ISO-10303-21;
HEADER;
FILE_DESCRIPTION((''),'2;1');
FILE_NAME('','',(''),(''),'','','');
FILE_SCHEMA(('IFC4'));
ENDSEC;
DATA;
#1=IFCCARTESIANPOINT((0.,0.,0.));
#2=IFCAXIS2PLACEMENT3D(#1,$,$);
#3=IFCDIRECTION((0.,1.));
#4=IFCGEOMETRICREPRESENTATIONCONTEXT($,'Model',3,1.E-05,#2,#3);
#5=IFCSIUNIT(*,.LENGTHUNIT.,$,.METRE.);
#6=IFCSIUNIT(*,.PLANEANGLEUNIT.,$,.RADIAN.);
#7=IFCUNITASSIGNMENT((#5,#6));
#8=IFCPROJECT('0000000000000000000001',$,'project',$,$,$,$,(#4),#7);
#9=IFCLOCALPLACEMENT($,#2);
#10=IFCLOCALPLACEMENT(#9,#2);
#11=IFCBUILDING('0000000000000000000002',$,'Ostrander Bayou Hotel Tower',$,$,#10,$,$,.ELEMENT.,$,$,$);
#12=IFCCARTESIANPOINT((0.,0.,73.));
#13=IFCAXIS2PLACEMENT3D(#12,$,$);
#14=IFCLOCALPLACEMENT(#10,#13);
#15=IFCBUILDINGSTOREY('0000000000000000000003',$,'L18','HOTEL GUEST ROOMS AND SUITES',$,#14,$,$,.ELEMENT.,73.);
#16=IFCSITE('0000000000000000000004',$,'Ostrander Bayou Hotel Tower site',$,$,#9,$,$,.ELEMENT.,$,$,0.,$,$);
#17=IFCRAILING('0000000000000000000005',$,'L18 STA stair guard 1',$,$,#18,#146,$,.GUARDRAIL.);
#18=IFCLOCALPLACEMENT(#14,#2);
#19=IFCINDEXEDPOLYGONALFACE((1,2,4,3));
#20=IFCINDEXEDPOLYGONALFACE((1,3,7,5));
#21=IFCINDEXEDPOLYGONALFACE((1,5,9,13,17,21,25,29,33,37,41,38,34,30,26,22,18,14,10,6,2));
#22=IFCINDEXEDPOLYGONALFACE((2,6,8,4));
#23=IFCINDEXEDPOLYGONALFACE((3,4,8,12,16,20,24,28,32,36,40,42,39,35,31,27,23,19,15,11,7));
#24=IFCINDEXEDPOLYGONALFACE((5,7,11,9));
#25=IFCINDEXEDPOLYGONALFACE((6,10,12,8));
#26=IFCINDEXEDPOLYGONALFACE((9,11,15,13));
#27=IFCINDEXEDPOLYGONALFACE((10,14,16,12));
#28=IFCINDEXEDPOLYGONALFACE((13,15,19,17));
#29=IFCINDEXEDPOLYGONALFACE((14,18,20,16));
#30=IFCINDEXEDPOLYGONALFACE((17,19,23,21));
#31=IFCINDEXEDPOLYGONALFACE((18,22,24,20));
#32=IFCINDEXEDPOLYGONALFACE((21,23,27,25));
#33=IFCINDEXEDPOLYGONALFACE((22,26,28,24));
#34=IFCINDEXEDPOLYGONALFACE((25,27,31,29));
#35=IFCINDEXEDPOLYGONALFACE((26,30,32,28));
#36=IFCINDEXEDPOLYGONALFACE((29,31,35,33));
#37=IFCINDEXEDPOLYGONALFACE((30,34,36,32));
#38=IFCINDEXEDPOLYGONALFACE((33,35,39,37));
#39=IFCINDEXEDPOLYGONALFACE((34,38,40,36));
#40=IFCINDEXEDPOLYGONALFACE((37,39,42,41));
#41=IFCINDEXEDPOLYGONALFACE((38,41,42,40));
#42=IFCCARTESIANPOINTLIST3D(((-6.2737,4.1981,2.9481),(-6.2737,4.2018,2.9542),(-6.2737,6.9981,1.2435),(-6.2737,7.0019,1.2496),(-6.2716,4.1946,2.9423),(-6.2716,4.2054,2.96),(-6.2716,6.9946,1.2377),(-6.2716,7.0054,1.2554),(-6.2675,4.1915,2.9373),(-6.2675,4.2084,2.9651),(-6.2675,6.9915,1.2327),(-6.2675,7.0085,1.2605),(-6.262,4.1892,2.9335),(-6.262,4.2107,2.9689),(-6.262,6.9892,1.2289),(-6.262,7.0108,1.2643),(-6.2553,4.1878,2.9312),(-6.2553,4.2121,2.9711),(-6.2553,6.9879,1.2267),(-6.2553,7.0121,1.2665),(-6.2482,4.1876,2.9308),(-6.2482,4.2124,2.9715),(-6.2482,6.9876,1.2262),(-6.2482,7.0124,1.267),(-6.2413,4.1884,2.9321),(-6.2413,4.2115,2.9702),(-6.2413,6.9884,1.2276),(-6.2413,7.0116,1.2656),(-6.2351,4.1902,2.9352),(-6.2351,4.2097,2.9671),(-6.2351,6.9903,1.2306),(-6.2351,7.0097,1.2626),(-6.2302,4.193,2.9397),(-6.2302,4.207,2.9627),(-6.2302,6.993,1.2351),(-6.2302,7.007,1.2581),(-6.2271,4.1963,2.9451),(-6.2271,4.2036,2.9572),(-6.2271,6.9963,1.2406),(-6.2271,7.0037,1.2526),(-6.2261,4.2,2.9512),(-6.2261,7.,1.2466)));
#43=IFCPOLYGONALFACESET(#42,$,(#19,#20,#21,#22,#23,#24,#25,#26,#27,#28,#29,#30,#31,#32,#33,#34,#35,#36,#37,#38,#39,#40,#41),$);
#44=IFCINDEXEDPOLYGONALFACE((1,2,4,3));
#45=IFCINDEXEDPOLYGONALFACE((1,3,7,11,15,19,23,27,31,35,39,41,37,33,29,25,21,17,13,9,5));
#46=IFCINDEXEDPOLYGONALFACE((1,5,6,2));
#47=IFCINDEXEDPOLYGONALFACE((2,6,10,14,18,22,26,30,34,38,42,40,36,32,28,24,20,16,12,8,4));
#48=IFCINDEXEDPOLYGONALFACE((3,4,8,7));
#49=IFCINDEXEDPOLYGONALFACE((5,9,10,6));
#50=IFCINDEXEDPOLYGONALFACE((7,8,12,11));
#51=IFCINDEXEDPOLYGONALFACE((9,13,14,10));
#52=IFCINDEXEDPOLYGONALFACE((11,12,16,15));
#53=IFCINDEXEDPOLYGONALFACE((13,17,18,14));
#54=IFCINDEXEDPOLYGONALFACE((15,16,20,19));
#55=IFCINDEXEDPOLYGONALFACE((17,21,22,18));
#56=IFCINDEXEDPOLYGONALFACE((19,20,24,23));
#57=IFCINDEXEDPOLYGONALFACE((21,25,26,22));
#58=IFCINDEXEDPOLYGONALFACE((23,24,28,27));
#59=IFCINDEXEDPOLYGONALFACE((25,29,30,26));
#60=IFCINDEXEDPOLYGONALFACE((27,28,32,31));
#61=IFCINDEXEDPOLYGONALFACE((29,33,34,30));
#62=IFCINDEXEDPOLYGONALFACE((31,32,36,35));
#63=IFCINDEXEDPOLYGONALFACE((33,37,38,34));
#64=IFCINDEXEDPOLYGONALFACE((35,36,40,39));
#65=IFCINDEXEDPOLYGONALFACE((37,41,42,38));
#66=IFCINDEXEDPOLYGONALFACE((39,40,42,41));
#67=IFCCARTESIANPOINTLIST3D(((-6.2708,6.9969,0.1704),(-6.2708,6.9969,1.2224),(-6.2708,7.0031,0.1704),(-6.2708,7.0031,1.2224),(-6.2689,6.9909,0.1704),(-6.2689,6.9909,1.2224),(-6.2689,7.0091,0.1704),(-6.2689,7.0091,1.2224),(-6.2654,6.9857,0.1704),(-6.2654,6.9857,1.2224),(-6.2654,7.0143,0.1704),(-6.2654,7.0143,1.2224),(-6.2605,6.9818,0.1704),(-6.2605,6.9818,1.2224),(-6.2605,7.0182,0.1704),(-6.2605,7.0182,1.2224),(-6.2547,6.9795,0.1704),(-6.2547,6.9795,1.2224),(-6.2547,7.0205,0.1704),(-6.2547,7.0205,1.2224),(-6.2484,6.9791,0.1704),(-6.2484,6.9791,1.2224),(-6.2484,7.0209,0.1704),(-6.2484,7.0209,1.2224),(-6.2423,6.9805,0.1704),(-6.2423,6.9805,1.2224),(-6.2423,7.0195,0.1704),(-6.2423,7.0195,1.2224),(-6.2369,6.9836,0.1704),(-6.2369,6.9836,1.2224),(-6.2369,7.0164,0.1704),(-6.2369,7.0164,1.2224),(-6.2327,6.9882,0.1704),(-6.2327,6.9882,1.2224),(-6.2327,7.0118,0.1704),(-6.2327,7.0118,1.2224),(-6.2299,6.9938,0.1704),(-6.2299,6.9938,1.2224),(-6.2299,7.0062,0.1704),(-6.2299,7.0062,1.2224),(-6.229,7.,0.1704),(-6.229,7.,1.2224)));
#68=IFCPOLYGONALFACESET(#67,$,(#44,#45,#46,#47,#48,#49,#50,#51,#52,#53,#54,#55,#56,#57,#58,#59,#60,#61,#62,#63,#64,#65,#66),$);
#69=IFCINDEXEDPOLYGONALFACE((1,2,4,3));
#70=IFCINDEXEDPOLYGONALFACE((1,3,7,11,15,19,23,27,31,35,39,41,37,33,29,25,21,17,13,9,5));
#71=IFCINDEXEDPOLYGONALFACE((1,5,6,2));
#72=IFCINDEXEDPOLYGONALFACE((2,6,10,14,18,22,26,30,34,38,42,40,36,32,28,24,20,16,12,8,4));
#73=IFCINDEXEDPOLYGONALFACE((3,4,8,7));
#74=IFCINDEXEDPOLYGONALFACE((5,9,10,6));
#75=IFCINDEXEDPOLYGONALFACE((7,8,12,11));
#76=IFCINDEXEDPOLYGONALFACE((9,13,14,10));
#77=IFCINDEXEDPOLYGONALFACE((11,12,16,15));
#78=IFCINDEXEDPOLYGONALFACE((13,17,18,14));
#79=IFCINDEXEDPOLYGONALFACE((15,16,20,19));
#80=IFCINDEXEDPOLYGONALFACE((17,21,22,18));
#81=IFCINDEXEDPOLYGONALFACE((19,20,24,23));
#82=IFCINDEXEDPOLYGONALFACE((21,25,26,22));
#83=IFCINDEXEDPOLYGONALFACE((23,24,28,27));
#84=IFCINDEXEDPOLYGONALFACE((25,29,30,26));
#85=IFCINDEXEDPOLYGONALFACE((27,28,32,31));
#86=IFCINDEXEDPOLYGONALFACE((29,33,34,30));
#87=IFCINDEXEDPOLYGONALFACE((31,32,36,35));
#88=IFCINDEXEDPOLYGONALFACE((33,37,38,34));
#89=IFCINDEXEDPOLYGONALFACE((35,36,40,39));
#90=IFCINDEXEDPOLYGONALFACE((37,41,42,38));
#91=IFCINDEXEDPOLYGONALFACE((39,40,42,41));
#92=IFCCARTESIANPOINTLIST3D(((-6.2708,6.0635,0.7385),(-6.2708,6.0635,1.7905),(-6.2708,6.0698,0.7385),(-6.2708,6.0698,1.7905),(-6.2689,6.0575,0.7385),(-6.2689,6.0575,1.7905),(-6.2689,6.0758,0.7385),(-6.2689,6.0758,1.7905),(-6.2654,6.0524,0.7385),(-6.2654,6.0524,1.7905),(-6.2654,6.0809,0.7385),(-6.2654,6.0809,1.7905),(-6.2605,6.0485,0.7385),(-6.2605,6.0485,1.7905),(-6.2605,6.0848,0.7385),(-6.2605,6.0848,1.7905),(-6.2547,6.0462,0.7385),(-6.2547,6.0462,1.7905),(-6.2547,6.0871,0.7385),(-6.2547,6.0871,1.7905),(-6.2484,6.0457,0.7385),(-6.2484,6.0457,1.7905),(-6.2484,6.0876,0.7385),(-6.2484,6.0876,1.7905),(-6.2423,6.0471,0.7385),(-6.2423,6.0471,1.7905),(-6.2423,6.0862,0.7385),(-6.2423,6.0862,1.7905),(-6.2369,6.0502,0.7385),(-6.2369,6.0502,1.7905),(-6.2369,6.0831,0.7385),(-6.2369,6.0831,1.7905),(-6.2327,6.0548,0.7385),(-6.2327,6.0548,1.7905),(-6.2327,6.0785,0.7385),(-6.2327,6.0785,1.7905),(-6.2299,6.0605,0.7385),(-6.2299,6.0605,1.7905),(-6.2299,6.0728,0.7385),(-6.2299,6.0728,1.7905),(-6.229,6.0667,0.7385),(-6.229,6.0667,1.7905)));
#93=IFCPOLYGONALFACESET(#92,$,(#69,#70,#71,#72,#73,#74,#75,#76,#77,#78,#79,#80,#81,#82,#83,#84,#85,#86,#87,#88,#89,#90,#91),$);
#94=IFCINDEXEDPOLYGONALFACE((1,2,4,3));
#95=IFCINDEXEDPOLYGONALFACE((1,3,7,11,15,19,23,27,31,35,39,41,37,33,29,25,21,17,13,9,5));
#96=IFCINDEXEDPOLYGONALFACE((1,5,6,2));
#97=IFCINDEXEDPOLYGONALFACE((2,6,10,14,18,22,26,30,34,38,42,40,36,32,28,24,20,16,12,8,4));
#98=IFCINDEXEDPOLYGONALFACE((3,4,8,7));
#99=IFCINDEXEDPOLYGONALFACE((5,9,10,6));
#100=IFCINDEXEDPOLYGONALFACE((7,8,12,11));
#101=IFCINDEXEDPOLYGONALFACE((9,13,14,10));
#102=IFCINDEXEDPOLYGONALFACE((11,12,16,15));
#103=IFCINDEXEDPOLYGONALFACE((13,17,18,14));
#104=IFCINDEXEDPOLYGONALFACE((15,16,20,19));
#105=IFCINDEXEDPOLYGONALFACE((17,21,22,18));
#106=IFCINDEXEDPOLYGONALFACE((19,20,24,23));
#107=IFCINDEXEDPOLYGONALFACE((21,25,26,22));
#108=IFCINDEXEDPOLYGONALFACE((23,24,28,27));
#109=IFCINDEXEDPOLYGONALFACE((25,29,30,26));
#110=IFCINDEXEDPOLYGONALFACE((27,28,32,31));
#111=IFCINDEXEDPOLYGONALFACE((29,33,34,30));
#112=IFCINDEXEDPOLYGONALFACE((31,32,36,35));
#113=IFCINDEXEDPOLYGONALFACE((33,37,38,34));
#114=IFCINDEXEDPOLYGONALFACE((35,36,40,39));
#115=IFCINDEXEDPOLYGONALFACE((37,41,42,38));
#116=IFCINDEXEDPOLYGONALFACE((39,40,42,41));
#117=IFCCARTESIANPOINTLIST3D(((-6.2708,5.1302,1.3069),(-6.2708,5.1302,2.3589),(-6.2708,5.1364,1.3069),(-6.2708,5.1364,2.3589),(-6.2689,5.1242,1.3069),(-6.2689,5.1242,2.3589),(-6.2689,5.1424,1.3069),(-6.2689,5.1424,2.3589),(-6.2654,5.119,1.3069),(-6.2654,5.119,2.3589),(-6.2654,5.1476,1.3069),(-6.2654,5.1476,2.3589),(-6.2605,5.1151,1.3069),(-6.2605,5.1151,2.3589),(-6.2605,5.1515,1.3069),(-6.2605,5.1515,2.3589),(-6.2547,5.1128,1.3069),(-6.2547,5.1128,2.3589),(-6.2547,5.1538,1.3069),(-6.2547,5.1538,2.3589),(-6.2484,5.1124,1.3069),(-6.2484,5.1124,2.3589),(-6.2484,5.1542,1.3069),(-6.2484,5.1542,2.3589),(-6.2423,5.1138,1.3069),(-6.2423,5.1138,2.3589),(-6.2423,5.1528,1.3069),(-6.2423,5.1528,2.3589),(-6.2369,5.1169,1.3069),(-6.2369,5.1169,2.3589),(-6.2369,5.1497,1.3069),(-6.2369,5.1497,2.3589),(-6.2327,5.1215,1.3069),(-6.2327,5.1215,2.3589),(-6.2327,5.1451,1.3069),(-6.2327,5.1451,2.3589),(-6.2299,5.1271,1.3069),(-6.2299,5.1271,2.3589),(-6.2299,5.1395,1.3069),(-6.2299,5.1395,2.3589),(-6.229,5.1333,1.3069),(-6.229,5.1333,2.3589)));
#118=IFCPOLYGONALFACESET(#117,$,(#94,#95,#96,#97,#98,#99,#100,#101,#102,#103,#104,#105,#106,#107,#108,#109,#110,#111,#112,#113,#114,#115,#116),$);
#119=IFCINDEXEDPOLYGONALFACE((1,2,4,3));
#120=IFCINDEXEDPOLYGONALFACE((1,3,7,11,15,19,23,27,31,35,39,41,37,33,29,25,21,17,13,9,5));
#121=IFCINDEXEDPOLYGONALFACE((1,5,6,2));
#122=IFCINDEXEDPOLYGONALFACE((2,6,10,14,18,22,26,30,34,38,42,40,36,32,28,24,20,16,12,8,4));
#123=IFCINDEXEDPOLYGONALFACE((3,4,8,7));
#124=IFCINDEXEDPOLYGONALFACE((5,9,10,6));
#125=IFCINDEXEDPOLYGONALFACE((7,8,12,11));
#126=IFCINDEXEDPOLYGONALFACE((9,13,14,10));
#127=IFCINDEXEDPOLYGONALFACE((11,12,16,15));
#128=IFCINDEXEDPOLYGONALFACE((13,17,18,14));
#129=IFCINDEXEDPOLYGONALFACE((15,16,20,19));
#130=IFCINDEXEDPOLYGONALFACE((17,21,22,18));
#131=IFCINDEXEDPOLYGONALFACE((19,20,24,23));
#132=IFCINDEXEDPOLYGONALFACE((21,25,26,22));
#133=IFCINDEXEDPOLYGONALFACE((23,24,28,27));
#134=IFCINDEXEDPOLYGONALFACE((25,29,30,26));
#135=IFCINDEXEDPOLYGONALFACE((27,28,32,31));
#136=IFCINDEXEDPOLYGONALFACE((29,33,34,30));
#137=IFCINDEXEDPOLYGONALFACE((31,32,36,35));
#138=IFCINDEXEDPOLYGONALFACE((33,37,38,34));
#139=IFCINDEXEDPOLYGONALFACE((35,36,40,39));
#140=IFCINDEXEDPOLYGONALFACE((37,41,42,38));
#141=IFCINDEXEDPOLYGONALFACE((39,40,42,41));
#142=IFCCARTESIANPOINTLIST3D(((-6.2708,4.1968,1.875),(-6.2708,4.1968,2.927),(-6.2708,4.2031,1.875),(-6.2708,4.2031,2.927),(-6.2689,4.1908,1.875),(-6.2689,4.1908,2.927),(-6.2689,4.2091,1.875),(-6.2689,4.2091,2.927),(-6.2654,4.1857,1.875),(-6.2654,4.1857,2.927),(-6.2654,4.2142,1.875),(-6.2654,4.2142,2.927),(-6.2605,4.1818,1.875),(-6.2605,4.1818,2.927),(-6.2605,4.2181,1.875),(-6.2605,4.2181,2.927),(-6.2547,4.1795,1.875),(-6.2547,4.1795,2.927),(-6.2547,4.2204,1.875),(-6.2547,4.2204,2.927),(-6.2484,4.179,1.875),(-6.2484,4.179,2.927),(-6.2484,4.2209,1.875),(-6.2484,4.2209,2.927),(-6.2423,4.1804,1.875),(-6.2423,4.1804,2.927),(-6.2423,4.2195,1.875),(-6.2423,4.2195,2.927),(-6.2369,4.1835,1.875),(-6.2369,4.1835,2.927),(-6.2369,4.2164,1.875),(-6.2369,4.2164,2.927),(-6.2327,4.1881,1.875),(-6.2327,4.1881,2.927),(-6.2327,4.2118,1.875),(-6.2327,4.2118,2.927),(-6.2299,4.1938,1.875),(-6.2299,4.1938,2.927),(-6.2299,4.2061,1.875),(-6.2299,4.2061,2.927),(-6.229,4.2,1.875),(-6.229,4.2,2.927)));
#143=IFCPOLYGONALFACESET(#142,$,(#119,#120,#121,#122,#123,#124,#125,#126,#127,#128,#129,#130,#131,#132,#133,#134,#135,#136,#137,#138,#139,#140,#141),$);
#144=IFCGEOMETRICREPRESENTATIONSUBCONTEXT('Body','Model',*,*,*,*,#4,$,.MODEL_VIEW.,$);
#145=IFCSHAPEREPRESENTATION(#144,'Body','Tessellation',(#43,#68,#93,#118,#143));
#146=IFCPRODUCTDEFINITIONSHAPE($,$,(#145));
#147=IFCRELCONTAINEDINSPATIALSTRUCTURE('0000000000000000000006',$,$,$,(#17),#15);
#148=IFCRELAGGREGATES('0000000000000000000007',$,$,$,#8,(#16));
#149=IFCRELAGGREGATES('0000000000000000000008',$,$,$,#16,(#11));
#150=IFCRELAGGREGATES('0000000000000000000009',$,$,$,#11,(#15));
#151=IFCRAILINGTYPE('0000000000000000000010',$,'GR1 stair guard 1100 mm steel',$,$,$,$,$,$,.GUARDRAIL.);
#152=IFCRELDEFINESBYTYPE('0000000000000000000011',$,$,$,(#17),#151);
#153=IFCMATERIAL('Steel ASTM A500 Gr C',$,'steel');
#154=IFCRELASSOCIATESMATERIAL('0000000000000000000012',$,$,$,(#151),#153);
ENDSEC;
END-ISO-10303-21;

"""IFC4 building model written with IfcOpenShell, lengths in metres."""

from ifc_helpers import new_model, si_unit, direction, frame, origin, origin_2d, place, context, subcontext, project, spatial, circle, extrude, material, type_object, element, save


model = new_model("IFC4")

# Units and contexts
model_context = context("Model", 3, precision=1e-05, world=origin(), true_north=direction((0.0, 1.0)))
body_context = subcontext(model_context, "Body", "Model", "MODEL_VIEW")
ifc_project = project(units=[si_unit("LENGTHUNIT", "METRE"), si_unit("PLANEANGLEUNIT", "RADIAN")], contexts=[model_context])

# Site, building, storey
site_placement = place(None, origin())
site = spatial("IfcSite", under=ifc_project, at=site_placement, Name="Ostrander Bayou Hotel Tower site", CompositionType="ELEMENT", RefElevation=0.0)
building_placement = place(site_placement, origin())
building = spatial("IfcBuilding", under=site, at=building_placement, Name="Ostrander Bayou Hotel Tower", CompositionType="ELEMENT")
storey_placement = place(building_placement, frame((0.0, 0.0, 73.0)))
storey = spatial("IfcBuildingStorey", under=building, at=storey_placement, Name="L18", Description="HOTEL GUEST ROOMS AND SUITES", CompositionType="ELEMENT", Elevation=73.0)

# Railing
ifc_material_1 = material(Name="Steel ASTM A500 Gr C", Category="steel")
railing_type_1 = type_object("IfcRailingType", Name="GR1 stair guard 1100 mm steel", PredefinedType="GUARDRAIL", material=ifc_material_1)
railing_1_placement = place(storey_placement, frame((-6.25, 7.0, 0.1704)))
element("IfcRailing", 1, at=railing_1_placement, inside=storey, type_object=railing_type_1, Name="L18 STA stair guard 1", PredefinedType="GUARDRAIL", context=body_context, shape_type="SweptSolid", body=[
    extrude(circle(Radius=0.0239, at=origin_2d()), frame((0.0, 0.0, 1.0762), z_axis=(0.0, -0.85417, 0.519994), x_axis=(1.0, 0.0, 0.0)), (0.0, 0.0, 1.0), 3.2781),
    extrude(circle(Radius=0.021, at=origin_2d()), origin(), (0.0, 0.0, 1.0), 1.052),
    extrude(circle(Radius=0.021, at=origin_2d()), frame((0.0, -0.9333, 0.5681)), (0.0, 0.0, 1.0), 1.052),
    extrude(circle(Radius=0.021, at=origin_2d()), frame((0.0, -1.8667, 1.1365)), (0.0, 0.0, 1.0), 1.052),
    extrude(circle(Radius=0.021, at=origin_2d()), frame((0.0, -2.8, 1.7046)), (0.0, 0.0, 1.0), 1.052),
])

save(model, "model.ifc")
